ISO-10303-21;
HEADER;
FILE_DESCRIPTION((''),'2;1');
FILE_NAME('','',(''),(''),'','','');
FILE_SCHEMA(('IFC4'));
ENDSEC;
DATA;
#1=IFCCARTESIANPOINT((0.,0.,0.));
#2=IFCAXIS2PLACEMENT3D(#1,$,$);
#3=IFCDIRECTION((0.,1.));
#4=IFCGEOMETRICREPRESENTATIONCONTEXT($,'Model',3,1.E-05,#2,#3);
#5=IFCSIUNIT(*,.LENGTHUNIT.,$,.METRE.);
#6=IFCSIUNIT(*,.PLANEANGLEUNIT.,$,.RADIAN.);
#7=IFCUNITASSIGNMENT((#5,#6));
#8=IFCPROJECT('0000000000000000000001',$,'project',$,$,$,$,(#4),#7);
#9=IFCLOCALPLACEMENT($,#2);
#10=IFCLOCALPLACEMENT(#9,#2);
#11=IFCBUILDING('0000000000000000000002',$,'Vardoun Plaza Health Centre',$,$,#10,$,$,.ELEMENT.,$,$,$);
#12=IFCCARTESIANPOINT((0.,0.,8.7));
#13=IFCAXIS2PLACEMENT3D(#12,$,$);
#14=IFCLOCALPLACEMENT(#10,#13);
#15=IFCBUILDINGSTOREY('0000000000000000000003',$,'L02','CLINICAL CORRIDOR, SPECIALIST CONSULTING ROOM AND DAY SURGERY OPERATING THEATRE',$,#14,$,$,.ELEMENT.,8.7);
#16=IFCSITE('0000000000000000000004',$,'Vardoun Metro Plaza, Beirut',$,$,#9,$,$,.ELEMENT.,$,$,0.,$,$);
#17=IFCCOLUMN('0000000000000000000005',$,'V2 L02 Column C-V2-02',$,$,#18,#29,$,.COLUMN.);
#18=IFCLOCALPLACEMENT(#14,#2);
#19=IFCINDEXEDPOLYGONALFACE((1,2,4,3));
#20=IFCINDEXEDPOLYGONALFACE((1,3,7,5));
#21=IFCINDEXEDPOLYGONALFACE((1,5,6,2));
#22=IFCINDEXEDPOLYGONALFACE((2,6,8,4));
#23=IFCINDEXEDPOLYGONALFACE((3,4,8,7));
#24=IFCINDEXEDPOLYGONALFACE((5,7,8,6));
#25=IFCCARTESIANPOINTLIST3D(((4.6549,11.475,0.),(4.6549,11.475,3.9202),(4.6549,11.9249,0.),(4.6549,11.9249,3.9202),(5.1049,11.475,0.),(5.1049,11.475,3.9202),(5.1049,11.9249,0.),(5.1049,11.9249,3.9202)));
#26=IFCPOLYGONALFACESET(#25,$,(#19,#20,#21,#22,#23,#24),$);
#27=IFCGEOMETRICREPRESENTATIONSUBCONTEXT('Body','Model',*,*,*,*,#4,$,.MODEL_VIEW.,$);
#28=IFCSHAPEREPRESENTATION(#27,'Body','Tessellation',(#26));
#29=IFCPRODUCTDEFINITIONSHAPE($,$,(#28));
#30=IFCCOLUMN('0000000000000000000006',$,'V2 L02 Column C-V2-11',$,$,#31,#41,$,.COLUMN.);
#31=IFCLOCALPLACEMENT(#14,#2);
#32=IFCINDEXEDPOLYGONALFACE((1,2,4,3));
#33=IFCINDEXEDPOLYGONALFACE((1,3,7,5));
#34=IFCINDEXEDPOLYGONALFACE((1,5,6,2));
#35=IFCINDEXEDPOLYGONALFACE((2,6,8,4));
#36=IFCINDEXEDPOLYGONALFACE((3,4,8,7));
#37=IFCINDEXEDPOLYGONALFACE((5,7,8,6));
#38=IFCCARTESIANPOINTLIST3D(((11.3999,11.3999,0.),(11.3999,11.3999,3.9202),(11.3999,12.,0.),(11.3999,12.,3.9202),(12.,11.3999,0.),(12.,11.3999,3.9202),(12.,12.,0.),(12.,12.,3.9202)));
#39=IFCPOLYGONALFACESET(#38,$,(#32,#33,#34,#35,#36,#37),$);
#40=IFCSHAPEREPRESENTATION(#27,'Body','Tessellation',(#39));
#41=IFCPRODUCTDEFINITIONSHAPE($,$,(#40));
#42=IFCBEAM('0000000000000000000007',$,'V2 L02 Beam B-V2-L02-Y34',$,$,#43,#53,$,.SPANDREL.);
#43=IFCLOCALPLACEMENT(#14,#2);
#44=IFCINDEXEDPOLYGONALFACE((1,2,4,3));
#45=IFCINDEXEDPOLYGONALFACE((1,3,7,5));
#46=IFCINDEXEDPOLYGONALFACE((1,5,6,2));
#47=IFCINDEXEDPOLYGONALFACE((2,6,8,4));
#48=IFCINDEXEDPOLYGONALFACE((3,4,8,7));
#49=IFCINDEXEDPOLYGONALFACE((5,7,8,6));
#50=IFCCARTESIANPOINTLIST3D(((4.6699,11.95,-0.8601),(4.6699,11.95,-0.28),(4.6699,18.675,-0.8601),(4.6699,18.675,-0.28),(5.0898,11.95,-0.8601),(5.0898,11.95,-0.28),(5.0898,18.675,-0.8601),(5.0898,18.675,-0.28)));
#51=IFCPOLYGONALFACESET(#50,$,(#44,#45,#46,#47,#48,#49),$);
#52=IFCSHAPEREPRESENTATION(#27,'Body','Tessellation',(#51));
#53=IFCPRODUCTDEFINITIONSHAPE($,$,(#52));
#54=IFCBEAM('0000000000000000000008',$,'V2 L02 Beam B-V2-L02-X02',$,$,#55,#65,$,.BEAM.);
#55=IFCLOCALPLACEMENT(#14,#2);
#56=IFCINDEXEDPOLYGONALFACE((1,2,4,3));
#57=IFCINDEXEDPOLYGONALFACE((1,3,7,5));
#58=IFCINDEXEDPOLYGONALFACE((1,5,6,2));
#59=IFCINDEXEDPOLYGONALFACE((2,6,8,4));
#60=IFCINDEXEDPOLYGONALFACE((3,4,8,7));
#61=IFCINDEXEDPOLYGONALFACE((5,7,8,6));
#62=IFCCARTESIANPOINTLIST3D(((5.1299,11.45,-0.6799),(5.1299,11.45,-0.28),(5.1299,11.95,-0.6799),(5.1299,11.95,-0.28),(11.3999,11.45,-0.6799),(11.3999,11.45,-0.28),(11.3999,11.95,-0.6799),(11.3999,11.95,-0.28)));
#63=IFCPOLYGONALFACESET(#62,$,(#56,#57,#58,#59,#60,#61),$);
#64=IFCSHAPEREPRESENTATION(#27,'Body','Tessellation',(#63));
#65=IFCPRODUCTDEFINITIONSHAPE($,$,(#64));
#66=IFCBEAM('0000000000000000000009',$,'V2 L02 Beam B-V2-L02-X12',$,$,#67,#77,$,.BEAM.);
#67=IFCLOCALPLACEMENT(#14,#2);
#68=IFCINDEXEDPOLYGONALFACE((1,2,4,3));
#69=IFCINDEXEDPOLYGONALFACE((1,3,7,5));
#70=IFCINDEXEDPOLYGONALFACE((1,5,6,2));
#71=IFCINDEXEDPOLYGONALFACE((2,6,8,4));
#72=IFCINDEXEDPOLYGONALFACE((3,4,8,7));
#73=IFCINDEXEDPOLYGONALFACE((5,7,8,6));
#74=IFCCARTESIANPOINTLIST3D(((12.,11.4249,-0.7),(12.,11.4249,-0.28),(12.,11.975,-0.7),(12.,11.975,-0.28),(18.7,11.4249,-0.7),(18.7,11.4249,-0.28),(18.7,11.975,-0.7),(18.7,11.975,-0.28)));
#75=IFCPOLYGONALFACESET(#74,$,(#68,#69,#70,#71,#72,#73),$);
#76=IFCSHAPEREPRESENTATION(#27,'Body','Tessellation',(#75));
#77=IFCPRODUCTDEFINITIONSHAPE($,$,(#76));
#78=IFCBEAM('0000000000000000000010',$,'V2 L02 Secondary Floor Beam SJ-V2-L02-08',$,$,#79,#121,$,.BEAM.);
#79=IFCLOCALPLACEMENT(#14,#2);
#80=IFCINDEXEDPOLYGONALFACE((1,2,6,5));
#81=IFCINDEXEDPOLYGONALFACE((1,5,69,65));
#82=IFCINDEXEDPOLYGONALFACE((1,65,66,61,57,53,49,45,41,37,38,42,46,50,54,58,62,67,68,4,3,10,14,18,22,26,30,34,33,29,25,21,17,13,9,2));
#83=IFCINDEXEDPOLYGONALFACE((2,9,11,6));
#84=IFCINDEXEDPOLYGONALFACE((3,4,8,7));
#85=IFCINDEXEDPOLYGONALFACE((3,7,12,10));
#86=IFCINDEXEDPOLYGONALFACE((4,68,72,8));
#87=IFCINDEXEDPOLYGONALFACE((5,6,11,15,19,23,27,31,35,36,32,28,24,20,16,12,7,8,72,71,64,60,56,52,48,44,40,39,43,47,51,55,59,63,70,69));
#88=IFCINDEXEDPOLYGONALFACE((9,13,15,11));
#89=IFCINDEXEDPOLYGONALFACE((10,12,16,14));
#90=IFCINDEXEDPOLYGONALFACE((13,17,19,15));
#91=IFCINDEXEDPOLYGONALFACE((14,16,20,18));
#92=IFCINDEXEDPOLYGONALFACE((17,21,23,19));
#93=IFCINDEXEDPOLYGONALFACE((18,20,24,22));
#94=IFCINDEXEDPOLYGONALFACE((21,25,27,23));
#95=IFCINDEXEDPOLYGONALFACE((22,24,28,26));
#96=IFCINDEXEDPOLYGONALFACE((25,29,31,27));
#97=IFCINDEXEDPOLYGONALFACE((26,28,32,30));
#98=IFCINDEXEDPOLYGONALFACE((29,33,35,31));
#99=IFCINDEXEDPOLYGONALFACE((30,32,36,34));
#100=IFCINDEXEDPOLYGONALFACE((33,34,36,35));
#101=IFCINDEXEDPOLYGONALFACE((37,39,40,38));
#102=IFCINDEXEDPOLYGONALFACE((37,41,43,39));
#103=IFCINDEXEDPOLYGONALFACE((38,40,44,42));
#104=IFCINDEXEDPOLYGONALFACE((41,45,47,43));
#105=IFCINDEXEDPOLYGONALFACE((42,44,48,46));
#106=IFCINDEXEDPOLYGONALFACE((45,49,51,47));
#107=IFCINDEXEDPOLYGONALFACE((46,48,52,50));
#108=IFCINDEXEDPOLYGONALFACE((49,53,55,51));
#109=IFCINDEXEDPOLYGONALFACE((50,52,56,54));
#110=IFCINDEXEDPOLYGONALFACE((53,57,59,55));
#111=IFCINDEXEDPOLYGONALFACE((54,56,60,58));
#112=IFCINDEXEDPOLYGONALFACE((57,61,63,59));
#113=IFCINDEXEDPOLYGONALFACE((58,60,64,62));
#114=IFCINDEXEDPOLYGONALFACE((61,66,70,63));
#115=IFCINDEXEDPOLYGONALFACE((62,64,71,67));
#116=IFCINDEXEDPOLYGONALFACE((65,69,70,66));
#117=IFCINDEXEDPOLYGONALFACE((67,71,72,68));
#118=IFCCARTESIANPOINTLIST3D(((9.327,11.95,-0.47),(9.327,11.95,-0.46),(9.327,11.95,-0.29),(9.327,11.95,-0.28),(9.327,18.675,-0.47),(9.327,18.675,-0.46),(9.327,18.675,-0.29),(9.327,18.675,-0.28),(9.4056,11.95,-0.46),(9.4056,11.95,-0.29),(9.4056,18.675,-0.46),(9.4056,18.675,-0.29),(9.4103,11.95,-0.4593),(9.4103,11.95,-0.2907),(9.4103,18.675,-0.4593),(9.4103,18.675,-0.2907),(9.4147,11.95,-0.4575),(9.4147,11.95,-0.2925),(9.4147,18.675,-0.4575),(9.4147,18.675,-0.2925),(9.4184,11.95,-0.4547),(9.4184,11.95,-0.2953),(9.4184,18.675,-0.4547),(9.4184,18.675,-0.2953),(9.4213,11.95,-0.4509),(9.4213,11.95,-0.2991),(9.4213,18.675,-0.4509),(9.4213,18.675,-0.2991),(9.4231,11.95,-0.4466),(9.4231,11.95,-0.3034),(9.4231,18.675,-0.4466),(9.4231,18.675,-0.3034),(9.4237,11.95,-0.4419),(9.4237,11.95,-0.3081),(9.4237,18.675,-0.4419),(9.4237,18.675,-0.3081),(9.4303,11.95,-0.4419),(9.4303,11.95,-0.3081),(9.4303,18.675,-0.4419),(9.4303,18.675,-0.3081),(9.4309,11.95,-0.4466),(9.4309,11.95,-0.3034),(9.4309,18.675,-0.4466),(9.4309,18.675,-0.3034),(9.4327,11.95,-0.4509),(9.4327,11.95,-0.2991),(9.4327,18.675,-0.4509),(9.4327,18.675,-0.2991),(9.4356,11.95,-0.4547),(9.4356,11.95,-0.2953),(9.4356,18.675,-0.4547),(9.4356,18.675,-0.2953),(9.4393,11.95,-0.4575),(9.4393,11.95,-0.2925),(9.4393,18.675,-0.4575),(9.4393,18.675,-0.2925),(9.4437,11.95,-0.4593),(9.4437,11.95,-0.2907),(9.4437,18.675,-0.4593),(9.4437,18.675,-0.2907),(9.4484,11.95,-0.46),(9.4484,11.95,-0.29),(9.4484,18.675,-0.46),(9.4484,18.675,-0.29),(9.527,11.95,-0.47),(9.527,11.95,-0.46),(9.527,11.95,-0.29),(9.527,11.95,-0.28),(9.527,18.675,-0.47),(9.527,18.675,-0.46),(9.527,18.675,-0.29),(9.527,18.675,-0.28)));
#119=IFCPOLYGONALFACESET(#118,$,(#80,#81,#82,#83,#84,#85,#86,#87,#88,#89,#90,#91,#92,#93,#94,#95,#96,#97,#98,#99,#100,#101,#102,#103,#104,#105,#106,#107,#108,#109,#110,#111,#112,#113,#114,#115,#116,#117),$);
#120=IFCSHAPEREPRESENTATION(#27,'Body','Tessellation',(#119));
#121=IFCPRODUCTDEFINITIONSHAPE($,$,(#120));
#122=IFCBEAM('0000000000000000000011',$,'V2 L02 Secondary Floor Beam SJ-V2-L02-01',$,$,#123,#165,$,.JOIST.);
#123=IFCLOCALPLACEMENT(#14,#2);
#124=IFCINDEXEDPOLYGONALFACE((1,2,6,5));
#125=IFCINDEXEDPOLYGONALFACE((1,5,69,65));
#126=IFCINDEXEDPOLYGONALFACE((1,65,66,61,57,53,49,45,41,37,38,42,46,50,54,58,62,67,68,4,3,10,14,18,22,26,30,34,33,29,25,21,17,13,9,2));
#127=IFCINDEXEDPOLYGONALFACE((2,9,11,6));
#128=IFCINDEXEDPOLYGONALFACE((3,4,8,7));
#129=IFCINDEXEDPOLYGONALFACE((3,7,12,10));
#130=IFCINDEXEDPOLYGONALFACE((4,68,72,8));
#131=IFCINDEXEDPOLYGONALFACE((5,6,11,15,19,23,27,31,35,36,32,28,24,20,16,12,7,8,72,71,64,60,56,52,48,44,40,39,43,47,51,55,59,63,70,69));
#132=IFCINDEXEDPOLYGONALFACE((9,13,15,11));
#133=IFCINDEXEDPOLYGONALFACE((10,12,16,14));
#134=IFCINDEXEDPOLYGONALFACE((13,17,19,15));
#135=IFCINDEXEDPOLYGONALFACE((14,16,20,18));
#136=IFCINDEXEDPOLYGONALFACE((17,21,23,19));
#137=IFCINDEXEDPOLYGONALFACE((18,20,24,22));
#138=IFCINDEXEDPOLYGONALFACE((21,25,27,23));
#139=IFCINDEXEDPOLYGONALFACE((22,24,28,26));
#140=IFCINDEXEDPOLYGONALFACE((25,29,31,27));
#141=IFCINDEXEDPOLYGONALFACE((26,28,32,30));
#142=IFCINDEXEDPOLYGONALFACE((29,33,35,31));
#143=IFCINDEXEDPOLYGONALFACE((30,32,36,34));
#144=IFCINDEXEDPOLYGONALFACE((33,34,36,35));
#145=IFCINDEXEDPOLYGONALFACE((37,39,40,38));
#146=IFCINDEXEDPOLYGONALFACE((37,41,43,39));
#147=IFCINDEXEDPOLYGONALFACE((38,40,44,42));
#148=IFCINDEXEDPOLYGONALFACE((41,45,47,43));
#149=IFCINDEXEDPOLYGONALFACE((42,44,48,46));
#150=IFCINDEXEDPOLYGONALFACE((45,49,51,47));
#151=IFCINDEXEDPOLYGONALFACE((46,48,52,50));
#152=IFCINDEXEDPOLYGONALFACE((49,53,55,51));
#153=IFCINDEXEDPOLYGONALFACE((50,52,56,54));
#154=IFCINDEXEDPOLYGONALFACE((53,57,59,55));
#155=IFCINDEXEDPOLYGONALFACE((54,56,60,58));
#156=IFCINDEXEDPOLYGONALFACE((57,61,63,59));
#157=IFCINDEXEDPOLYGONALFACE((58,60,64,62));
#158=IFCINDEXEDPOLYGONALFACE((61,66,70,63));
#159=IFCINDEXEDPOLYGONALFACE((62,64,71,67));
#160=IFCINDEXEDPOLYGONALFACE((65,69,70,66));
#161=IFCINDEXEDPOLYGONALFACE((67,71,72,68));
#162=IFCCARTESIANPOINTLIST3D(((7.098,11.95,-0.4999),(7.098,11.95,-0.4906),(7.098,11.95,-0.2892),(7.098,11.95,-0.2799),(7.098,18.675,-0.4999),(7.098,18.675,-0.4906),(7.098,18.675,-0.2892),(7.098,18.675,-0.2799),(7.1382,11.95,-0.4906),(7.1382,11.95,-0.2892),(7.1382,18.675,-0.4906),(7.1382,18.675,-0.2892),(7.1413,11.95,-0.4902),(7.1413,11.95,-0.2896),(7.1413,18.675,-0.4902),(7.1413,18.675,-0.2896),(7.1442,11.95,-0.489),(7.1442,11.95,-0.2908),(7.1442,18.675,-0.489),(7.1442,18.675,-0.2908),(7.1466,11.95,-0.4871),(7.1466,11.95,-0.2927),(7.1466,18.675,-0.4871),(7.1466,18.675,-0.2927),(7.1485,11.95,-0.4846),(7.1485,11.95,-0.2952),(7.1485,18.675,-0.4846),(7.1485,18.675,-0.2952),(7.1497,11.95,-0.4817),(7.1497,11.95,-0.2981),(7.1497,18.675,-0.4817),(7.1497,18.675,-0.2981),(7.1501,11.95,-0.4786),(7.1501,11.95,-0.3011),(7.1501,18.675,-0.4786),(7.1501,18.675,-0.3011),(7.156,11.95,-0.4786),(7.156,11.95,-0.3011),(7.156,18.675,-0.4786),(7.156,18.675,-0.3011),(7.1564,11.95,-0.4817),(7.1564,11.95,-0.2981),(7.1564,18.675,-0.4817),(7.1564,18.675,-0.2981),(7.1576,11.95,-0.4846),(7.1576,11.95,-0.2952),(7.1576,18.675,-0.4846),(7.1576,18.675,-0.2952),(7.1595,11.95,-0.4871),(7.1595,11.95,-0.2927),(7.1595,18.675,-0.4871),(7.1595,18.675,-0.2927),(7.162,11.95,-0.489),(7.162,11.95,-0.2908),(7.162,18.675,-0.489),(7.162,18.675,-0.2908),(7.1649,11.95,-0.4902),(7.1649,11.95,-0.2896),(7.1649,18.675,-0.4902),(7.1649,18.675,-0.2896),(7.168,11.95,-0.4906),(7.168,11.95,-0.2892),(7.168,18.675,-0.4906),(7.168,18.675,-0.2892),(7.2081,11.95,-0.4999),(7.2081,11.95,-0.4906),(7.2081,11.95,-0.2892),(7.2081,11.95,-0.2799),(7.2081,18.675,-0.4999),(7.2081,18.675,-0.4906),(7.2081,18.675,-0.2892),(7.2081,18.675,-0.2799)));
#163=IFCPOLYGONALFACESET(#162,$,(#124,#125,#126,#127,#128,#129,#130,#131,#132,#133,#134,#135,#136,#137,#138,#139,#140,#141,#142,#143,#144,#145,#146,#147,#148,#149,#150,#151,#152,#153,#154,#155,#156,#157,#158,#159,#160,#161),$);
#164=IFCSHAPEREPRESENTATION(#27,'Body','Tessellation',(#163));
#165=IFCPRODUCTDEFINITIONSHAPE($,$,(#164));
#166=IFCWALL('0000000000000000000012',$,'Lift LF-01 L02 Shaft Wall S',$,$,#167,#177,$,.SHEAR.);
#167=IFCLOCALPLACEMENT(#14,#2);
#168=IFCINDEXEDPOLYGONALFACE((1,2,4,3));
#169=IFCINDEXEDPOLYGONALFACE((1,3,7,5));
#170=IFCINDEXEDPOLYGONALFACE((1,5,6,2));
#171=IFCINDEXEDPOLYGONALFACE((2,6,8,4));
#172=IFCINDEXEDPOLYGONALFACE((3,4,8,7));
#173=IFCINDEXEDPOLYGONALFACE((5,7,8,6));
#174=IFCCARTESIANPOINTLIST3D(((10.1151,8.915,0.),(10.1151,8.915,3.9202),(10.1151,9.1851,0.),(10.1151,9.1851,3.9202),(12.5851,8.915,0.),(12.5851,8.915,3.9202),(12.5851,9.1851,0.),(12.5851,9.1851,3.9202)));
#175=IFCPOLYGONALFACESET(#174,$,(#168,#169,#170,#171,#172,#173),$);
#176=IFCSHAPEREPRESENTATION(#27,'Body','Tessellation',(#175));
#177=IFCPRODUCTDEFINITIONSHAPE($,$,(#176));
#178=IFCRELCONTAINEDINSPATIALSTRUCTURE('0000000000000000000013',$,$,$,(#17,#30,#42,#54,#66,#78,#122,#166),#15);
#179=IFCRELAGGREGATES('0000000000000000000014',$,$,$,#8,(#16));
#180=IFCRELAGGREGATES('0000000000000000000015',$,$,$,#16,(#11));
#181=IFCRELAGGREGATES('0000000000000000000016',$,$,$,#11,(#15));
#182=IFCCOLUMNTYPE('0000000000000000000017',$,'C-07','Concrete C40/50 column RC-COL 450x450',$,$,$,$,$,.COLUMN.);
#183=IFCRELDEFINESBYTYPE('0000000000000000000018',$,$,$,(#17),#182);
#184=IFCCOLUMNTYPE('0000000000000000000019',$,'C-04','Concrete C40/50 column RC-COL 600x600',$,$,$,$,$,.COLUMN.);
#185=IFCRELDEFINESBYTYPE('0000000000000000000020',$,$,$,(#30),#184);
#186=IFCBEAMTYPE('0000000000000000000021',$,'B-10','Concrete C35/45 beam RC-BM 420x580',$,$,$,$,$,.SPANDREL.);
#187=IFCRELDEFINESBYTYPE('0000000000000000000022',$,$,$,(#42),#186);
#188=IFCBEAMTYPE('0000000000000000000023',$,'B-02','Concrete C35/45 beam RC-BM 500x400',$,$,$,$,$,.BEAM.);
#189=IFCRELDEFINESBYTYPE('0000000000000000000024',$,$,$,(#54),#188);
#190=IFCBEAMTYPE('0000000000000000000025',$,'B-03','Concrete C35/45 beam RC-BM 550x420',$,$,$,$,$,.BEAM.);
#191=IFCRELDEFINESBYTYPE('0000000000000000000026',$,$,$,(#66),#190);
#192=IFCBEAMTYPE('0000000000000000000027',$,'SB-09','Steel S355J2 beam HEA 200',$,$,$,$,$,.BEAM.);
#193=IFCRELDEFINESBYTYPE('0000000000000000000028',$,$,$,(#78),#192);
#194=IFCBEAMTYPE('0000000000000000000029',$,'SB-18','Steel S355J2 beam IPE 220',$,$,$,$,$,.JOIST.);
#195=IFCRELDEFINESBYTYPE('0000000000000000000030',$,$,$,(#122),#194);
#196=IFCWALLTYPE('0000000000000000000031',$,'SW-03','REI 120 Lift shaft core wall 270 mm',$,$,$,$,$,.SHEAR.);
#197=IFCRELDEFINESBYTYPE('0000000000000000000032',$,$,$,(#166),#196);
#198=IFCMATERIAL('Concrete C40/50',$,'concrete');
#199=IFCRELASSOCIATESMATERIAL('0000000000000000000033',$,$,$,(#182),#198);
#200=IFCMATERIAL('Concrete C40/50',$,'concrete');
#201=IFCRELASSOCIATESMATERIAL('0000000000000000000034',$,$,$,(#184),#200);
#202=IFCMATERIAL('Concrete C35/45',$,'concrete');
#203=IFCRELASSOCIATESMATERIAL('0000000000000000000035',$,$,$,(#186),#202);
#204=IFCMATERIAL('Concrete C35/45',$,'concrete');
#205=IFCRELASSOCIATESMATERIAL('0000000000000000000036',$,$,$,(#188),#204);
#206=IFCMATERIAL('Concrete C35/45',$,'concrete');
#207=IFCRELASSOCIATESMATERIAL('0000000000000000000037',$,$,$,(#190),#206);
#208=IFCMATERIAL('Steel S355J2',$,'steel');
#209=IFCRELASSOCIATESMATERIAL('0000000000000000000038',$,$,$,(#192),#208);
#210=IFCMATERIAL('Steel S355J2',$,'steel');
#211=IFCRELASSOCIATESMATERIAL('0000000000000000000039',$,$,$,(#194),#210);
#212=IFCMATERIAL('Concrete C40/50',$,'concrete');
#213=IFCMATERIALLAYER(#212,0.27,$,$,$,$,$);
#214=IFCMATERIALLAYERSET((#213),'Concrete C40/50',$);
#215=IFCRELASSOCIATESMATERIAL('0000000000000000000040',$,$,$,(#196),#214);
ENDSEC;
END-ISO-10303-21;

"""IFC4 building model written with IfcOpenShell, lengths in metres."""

from ifc_helpers import new_model, si_unit, direction, frame, frame_2d, origin, origin_2d, place, context, subcontext, project, spatial, rectangle, i_section, extrude, material, layer, layer_set, material_profile, profile_set, type_object, element, save


model = new_model("IFC4")

# Units and contexts
model_context = context("Model", 3, precision=1e-05, world=origin(), true_north=direction((0.0, 1.0)))
body_context = subcontext(model_context, "Body", "Model", "MODEL_VIEW")
ifc_project = project(units=[si_unit("LENGTHUNIT", "METRE"), si_unit("PLANEANGLEUNIT", "RADIAN")], contexts=[model_context])

# Site, building, storey
site_placement = place(None, origin())
site = spatial("IfcSite", under=ifc_project, at=site_placement, Name="Vardoun Metro Plaza, Beirut", CompositionType="ELEMENT", RefElevation=0.0)
building_placement = place(site_placement, origin())
building = spatial("IfcBuilding", under=site, at=building_placement, Name="Vardoun Plaza Health Centre", CompositionType="ELEMENT")
storey_placement = place(building_placement, frame((0.0, 0.0, 8.7)))
storey = spatial("IfcBuildingStorey", under=building, at=storey_placement, Name="L02", Description="CLINICAL CORRIDOR, SPECIALIST CONSULTING ROOM AND DAY SURGERY OPERATING THEATRE", CompositionType="ELEMENT", Elevation=8.7)

# Columns
ifc_material_1 = material(Name="Concrete C40/50", Category="concrete")
ifc_material_profile_1 = material_profile(ifc_material_1, rectangle(XDim=0.45, YDim=0.45, at=origin_2d()), Name="RC-COL 450x450")
ifc_profile_set_1 = profile_set([ifc_material_profile_1], Name="Concrete C40/50")
column_type_1 = type_object("IfcColumnType", Name="C-07", Description="Concrete C40/50 column RC-COL 450x450", PredefinedType="COLUMN", material=ifc_profile_set_1)
column_1_placement = place(storey_placement, frame((4.8799, 11.7, 0.0), z_axis=(0.0, 0.0, 1.0), x_axis=(1.0, 0.0, 0.0)))
element("IfcColumn", 1, at=column_1_placement, inside=storey, type_object=column_type_1, Name="V2 L02 Column C-V2-02", PredefinedType="COLUMN", context=body_context, shape_type="SweptSolid", body=[
    extrude(rectangle(XDim=0.45, YDim=0.45, at=origin_2d()), origin(), (0.0, 0.0, 1.0), 3.9202),
])
ifc_material_2 = material(Name="Concrete C40/50", Category="concrete")
ifc_material_profile_2 = material_profile(ifc_material_2, rectangle(XDim=0.6001, YDim=0.6001, at=origin_2d()), Name="RC-COL 600x600")
ifc_profile_set_2 = profile_set([ifc_material_profile_2], Name="Concrete C40/50")
column_type_2 = type_object("IfcColumnType", Name="C-04", Description="Concrete C40/50 column RC-COL 600x600", PredefinedType="COLUMN", material=ifc_profile_set_2)
column_2_placement = place(storey_placement, frame((11.7, 11.7, 0.0), z_axis=(0.0, 0.0, 1.0), x_axis=(1.0, 0.0, 0.0)))
element("IfcColumn", 2, at=column_2_placement, inside=storey, type_object=column_type_2, Name="V2 L02 Column C-V2-11", PredefinedType="COLUMN", context=body_context, shape_type="SweptSolid", body=[
    extrude(rectangle(XDim=0.6001, YDim=0.6001, at=origin_2d()), origin(), (0.0, 0.0, 1.0), 3.9202),
])

# Beams
ifc_material_3 = material(Name="Concrete C35/45", Category="concrete")
ifc_material_profile_3 = material_profile(ifc_material_3, rectangle(XDim=0.4199, YDim=0.5801, at=origin_2d()), Name="RC-BM 420x580")
ifc_profile_set_3 = profile_set([ifc_material_profile_3], Name="Concrete C35/45")
beam_type_1 = type_object("IfcBeamType", Name="B-10", Description="Concrete C35/45 beam RC-BM 420x580", PredefinedType="SPANDREL", material=ifc_profile_set_3)
beam_1_placement = place(storey_placement, frame((4.8799, 11.95, -0.5701), z_axis=(0.0, 1.0, 0.0), x_axis=(-1.0, 0.0, 0.0)))
element("IfcBeam", 3, at=beam_1_placement, inside=storey, type_object=beam_type_1, Name="V2 L02 Beam B-V2-L02-Y34", PredefinedType="SPANDREL", context=body_context, shape_type="SweptSolid", body=[
    extrude(rectangle(XDim=0.4199, YDim=0.5801, at=origin_2d()), origin(), (0.0, 0.0, 1.0), 6.7251),
])
ifc_material_4 = material(Name="Concrete C35/45", Category="concrete")
ifc_material_profile_4 = material_profile(ifc_material_4, rectangle(XDim=0.5, YDim=0.3999, at=origin_2d()), Name="RC-BM 500x400")
ifc_profile_set_4 = profile_set([ifc_material_profile_4], Name="Concrete C35/45")
beam_type_2 = type_object("IfcBeamType", Name="B-02", Description="Concrete C35/45 beam RC-BM 500x400", PredefinedType="BEAM", material=ifc_profile_set_4)
beam_2_placement = place(storey_placement, frame((5.1299, 11.7, -0.48), z_axis=(1.0, 0.0, 0.0), x_axis=(0.0, 1.0, 0.0)))
element("IfcBeam", 4, at=beam_2_placement, inside=storey, type_object=beam_type_2, Name="V2 L02 Beam B-V2-L02-X02", PredefinedType="BEAM", context=body_context, shape_type="SweptSolid", body=[
    extrude(rectangle(XDim=0.5, YDim=0.3999, at=origin_2d()), origin(), (0.0, 0.0, 1.0), 6.27),
])
ifc_material_5 = material(Name="Concrete C35/45", Category="concrete")
ifc_material_profile_5 = material_profile(ifc_material_5, rectangle(XDim=0.55, YDim=0.4199, at=origin_2d()), Name="RC-BM 550x420")
ifc_profile_set_5 = profile_set([ifc_material_profile_5], Name="Concrete C35/45")
beam_type_3 = type_object("IfcBeamType", Name="B-03", Description="Concrete C35/45 beam RC-BM 550x420", PredefinedType="BEAM", material=ifc_profile_set_5)
beam_3_placement = place(storey_placement, frame((12.0, 11.7, -0.49), z_axis=(1.0, 0.0, 0.0), x_axis=(0.0, 1.0, 0.0)))
element("IfcBeam", 5, at=beam_3_placement, inside=storey, type_object=beam_type_3, Name="V2 L02 Beam B-V2-L02-X12", PredefinedType="BEAM", context=body_context, shape_type="SweptSolid", body=[
    extrude(rectangle(XDim=0.55, YDim=0.4199, at=origin_2d()), origin(), (0.0, 0.0, 1.0), 6.7),
])
ifc_material_6 = material(Name="Steel S355J2", Category="steel")
ifc_material_profile_6 = material_profile(ifc_material_6, i_section(OverallWidth=0.2, OverallDepth=0.1899, WebThickness=0.0066, FlangeThickness=0.01, FilletRadius=0.0181, at=origin_2d()), Name="HEA 200")
ifc_profile_set_6 = profile_set([ifc_material_profile_6], Name="Steel S355J2")
beam_type_4 = type_object("IfcBeamType", Name="SB-09", Description="Steel S355J2 beam HEA 200", PredefinedType="BEAM", material=ifc_profile_set_6)
beam_4_placement = place(storey_placement, frame((9.427, 11.95, -0.375), z_axis=(0.0, 1.0, 0.0), x_axis=(-1.0, 0.0, 0.0)))
element("IfcBeam", 6, at=beam_4_placement, inside=storey, type_object=beam_type_4, Name="V2 L02 Secondary Floor Beam SJ-V2-L02-08", PredefinedType="BEAM", context=body_context, shape_type="SweptSolid", body=[
    extrude(i_section(OverallWidth=0.2, OverallDepth=0.1899, WebThickness=0.0066, FlangeThickness=0.01, FilletRadius=0.0181, at=origin_2d()), origin(), (0.0, 0.0, 1.0), 6.7251),
])
ifc_material_7 = material(Name="Steel S355J2", Category="steel")
ifc_material_profile_7 = material_profile(ifc_material_7, i_section(OverallWidth=0.1101, OverallDepth=0.22, WebThickness=0.0059, FlangeThickness=0.0093, FilletRadius=0.012, at=origin_2d()), Name="IPE 220")
ifc_profile_set_7 = profile_set([ifc_material_profile_7], Name="Steel S355J2")
beam_type_5 = type_object("IfcBeamType", Name="SB-18", Description="Steel S355J2 beam IPE 220", PredefinedType="JOIST", material=ifc_profile_set_7)
beam_5_placement = place(storey_placement, frame((7.1531, 11.95, -0.3899), z_axis=(0.0, 1.0, 0.0), x_axis=(-1.0, 0.0, 0.0)))
element("IfcBeam", 7, at=beam_5_placement, inside=storey, type_object=beam_type_5, Name="V2 L02 Secondary Floor Beam SJ-V2-L02-01", PredefinedType="JOIST", context=body_context, shape_type="SweptSolid", body=[
    extrude(i_section(OverallWidth=0.1101, OverallDepth=0.22, WebThickness=0.0059, FlangeThickness=0.0093, FilletRadius=0.012, at=origin_2d()), origin(), (0.0, 0.0, 1.0), 6.7251),
])

# Wall
ifc_material_8 = material(Name="Concrete C40/50", Category="concrete")
ifc_layer_1 = layer(ifc_material_8, 0.27)
ifc_layer_set_1 = layer_set([ifc_layer_1], Name="Concrete C40/50")
wall_type_1 = type_object("IfcWallType", Name="SW-03", Description="REI 120 Lift shaft core wall 270 mm", PredefinedType="SHEAR", material=ifc_layer_set_1)
wall_1_placement = place(storey_placement, frame((12.585, 9.05, 0.0), z_axis=(0.0, 0.0, 1.0), x_axis=(-1.0, 0.0, 0.0)))
element("IfcWall", 8, at=wall_1_placement, inside=storey, type_object=wall_type_1, Name="Lift LF-01 L02 Shaft Wall S", PredefinedType="SHEAR", context=body_context, shape_type="SweptSolid", body=[
    extrude(rectangle(XDim=2.47, YDim=0.27, at=frame_2d((1.2349, 0.0))), origin(), (0.0, 0.0, 1.0), 3.9202),
])

save(model, "model.ifc")
